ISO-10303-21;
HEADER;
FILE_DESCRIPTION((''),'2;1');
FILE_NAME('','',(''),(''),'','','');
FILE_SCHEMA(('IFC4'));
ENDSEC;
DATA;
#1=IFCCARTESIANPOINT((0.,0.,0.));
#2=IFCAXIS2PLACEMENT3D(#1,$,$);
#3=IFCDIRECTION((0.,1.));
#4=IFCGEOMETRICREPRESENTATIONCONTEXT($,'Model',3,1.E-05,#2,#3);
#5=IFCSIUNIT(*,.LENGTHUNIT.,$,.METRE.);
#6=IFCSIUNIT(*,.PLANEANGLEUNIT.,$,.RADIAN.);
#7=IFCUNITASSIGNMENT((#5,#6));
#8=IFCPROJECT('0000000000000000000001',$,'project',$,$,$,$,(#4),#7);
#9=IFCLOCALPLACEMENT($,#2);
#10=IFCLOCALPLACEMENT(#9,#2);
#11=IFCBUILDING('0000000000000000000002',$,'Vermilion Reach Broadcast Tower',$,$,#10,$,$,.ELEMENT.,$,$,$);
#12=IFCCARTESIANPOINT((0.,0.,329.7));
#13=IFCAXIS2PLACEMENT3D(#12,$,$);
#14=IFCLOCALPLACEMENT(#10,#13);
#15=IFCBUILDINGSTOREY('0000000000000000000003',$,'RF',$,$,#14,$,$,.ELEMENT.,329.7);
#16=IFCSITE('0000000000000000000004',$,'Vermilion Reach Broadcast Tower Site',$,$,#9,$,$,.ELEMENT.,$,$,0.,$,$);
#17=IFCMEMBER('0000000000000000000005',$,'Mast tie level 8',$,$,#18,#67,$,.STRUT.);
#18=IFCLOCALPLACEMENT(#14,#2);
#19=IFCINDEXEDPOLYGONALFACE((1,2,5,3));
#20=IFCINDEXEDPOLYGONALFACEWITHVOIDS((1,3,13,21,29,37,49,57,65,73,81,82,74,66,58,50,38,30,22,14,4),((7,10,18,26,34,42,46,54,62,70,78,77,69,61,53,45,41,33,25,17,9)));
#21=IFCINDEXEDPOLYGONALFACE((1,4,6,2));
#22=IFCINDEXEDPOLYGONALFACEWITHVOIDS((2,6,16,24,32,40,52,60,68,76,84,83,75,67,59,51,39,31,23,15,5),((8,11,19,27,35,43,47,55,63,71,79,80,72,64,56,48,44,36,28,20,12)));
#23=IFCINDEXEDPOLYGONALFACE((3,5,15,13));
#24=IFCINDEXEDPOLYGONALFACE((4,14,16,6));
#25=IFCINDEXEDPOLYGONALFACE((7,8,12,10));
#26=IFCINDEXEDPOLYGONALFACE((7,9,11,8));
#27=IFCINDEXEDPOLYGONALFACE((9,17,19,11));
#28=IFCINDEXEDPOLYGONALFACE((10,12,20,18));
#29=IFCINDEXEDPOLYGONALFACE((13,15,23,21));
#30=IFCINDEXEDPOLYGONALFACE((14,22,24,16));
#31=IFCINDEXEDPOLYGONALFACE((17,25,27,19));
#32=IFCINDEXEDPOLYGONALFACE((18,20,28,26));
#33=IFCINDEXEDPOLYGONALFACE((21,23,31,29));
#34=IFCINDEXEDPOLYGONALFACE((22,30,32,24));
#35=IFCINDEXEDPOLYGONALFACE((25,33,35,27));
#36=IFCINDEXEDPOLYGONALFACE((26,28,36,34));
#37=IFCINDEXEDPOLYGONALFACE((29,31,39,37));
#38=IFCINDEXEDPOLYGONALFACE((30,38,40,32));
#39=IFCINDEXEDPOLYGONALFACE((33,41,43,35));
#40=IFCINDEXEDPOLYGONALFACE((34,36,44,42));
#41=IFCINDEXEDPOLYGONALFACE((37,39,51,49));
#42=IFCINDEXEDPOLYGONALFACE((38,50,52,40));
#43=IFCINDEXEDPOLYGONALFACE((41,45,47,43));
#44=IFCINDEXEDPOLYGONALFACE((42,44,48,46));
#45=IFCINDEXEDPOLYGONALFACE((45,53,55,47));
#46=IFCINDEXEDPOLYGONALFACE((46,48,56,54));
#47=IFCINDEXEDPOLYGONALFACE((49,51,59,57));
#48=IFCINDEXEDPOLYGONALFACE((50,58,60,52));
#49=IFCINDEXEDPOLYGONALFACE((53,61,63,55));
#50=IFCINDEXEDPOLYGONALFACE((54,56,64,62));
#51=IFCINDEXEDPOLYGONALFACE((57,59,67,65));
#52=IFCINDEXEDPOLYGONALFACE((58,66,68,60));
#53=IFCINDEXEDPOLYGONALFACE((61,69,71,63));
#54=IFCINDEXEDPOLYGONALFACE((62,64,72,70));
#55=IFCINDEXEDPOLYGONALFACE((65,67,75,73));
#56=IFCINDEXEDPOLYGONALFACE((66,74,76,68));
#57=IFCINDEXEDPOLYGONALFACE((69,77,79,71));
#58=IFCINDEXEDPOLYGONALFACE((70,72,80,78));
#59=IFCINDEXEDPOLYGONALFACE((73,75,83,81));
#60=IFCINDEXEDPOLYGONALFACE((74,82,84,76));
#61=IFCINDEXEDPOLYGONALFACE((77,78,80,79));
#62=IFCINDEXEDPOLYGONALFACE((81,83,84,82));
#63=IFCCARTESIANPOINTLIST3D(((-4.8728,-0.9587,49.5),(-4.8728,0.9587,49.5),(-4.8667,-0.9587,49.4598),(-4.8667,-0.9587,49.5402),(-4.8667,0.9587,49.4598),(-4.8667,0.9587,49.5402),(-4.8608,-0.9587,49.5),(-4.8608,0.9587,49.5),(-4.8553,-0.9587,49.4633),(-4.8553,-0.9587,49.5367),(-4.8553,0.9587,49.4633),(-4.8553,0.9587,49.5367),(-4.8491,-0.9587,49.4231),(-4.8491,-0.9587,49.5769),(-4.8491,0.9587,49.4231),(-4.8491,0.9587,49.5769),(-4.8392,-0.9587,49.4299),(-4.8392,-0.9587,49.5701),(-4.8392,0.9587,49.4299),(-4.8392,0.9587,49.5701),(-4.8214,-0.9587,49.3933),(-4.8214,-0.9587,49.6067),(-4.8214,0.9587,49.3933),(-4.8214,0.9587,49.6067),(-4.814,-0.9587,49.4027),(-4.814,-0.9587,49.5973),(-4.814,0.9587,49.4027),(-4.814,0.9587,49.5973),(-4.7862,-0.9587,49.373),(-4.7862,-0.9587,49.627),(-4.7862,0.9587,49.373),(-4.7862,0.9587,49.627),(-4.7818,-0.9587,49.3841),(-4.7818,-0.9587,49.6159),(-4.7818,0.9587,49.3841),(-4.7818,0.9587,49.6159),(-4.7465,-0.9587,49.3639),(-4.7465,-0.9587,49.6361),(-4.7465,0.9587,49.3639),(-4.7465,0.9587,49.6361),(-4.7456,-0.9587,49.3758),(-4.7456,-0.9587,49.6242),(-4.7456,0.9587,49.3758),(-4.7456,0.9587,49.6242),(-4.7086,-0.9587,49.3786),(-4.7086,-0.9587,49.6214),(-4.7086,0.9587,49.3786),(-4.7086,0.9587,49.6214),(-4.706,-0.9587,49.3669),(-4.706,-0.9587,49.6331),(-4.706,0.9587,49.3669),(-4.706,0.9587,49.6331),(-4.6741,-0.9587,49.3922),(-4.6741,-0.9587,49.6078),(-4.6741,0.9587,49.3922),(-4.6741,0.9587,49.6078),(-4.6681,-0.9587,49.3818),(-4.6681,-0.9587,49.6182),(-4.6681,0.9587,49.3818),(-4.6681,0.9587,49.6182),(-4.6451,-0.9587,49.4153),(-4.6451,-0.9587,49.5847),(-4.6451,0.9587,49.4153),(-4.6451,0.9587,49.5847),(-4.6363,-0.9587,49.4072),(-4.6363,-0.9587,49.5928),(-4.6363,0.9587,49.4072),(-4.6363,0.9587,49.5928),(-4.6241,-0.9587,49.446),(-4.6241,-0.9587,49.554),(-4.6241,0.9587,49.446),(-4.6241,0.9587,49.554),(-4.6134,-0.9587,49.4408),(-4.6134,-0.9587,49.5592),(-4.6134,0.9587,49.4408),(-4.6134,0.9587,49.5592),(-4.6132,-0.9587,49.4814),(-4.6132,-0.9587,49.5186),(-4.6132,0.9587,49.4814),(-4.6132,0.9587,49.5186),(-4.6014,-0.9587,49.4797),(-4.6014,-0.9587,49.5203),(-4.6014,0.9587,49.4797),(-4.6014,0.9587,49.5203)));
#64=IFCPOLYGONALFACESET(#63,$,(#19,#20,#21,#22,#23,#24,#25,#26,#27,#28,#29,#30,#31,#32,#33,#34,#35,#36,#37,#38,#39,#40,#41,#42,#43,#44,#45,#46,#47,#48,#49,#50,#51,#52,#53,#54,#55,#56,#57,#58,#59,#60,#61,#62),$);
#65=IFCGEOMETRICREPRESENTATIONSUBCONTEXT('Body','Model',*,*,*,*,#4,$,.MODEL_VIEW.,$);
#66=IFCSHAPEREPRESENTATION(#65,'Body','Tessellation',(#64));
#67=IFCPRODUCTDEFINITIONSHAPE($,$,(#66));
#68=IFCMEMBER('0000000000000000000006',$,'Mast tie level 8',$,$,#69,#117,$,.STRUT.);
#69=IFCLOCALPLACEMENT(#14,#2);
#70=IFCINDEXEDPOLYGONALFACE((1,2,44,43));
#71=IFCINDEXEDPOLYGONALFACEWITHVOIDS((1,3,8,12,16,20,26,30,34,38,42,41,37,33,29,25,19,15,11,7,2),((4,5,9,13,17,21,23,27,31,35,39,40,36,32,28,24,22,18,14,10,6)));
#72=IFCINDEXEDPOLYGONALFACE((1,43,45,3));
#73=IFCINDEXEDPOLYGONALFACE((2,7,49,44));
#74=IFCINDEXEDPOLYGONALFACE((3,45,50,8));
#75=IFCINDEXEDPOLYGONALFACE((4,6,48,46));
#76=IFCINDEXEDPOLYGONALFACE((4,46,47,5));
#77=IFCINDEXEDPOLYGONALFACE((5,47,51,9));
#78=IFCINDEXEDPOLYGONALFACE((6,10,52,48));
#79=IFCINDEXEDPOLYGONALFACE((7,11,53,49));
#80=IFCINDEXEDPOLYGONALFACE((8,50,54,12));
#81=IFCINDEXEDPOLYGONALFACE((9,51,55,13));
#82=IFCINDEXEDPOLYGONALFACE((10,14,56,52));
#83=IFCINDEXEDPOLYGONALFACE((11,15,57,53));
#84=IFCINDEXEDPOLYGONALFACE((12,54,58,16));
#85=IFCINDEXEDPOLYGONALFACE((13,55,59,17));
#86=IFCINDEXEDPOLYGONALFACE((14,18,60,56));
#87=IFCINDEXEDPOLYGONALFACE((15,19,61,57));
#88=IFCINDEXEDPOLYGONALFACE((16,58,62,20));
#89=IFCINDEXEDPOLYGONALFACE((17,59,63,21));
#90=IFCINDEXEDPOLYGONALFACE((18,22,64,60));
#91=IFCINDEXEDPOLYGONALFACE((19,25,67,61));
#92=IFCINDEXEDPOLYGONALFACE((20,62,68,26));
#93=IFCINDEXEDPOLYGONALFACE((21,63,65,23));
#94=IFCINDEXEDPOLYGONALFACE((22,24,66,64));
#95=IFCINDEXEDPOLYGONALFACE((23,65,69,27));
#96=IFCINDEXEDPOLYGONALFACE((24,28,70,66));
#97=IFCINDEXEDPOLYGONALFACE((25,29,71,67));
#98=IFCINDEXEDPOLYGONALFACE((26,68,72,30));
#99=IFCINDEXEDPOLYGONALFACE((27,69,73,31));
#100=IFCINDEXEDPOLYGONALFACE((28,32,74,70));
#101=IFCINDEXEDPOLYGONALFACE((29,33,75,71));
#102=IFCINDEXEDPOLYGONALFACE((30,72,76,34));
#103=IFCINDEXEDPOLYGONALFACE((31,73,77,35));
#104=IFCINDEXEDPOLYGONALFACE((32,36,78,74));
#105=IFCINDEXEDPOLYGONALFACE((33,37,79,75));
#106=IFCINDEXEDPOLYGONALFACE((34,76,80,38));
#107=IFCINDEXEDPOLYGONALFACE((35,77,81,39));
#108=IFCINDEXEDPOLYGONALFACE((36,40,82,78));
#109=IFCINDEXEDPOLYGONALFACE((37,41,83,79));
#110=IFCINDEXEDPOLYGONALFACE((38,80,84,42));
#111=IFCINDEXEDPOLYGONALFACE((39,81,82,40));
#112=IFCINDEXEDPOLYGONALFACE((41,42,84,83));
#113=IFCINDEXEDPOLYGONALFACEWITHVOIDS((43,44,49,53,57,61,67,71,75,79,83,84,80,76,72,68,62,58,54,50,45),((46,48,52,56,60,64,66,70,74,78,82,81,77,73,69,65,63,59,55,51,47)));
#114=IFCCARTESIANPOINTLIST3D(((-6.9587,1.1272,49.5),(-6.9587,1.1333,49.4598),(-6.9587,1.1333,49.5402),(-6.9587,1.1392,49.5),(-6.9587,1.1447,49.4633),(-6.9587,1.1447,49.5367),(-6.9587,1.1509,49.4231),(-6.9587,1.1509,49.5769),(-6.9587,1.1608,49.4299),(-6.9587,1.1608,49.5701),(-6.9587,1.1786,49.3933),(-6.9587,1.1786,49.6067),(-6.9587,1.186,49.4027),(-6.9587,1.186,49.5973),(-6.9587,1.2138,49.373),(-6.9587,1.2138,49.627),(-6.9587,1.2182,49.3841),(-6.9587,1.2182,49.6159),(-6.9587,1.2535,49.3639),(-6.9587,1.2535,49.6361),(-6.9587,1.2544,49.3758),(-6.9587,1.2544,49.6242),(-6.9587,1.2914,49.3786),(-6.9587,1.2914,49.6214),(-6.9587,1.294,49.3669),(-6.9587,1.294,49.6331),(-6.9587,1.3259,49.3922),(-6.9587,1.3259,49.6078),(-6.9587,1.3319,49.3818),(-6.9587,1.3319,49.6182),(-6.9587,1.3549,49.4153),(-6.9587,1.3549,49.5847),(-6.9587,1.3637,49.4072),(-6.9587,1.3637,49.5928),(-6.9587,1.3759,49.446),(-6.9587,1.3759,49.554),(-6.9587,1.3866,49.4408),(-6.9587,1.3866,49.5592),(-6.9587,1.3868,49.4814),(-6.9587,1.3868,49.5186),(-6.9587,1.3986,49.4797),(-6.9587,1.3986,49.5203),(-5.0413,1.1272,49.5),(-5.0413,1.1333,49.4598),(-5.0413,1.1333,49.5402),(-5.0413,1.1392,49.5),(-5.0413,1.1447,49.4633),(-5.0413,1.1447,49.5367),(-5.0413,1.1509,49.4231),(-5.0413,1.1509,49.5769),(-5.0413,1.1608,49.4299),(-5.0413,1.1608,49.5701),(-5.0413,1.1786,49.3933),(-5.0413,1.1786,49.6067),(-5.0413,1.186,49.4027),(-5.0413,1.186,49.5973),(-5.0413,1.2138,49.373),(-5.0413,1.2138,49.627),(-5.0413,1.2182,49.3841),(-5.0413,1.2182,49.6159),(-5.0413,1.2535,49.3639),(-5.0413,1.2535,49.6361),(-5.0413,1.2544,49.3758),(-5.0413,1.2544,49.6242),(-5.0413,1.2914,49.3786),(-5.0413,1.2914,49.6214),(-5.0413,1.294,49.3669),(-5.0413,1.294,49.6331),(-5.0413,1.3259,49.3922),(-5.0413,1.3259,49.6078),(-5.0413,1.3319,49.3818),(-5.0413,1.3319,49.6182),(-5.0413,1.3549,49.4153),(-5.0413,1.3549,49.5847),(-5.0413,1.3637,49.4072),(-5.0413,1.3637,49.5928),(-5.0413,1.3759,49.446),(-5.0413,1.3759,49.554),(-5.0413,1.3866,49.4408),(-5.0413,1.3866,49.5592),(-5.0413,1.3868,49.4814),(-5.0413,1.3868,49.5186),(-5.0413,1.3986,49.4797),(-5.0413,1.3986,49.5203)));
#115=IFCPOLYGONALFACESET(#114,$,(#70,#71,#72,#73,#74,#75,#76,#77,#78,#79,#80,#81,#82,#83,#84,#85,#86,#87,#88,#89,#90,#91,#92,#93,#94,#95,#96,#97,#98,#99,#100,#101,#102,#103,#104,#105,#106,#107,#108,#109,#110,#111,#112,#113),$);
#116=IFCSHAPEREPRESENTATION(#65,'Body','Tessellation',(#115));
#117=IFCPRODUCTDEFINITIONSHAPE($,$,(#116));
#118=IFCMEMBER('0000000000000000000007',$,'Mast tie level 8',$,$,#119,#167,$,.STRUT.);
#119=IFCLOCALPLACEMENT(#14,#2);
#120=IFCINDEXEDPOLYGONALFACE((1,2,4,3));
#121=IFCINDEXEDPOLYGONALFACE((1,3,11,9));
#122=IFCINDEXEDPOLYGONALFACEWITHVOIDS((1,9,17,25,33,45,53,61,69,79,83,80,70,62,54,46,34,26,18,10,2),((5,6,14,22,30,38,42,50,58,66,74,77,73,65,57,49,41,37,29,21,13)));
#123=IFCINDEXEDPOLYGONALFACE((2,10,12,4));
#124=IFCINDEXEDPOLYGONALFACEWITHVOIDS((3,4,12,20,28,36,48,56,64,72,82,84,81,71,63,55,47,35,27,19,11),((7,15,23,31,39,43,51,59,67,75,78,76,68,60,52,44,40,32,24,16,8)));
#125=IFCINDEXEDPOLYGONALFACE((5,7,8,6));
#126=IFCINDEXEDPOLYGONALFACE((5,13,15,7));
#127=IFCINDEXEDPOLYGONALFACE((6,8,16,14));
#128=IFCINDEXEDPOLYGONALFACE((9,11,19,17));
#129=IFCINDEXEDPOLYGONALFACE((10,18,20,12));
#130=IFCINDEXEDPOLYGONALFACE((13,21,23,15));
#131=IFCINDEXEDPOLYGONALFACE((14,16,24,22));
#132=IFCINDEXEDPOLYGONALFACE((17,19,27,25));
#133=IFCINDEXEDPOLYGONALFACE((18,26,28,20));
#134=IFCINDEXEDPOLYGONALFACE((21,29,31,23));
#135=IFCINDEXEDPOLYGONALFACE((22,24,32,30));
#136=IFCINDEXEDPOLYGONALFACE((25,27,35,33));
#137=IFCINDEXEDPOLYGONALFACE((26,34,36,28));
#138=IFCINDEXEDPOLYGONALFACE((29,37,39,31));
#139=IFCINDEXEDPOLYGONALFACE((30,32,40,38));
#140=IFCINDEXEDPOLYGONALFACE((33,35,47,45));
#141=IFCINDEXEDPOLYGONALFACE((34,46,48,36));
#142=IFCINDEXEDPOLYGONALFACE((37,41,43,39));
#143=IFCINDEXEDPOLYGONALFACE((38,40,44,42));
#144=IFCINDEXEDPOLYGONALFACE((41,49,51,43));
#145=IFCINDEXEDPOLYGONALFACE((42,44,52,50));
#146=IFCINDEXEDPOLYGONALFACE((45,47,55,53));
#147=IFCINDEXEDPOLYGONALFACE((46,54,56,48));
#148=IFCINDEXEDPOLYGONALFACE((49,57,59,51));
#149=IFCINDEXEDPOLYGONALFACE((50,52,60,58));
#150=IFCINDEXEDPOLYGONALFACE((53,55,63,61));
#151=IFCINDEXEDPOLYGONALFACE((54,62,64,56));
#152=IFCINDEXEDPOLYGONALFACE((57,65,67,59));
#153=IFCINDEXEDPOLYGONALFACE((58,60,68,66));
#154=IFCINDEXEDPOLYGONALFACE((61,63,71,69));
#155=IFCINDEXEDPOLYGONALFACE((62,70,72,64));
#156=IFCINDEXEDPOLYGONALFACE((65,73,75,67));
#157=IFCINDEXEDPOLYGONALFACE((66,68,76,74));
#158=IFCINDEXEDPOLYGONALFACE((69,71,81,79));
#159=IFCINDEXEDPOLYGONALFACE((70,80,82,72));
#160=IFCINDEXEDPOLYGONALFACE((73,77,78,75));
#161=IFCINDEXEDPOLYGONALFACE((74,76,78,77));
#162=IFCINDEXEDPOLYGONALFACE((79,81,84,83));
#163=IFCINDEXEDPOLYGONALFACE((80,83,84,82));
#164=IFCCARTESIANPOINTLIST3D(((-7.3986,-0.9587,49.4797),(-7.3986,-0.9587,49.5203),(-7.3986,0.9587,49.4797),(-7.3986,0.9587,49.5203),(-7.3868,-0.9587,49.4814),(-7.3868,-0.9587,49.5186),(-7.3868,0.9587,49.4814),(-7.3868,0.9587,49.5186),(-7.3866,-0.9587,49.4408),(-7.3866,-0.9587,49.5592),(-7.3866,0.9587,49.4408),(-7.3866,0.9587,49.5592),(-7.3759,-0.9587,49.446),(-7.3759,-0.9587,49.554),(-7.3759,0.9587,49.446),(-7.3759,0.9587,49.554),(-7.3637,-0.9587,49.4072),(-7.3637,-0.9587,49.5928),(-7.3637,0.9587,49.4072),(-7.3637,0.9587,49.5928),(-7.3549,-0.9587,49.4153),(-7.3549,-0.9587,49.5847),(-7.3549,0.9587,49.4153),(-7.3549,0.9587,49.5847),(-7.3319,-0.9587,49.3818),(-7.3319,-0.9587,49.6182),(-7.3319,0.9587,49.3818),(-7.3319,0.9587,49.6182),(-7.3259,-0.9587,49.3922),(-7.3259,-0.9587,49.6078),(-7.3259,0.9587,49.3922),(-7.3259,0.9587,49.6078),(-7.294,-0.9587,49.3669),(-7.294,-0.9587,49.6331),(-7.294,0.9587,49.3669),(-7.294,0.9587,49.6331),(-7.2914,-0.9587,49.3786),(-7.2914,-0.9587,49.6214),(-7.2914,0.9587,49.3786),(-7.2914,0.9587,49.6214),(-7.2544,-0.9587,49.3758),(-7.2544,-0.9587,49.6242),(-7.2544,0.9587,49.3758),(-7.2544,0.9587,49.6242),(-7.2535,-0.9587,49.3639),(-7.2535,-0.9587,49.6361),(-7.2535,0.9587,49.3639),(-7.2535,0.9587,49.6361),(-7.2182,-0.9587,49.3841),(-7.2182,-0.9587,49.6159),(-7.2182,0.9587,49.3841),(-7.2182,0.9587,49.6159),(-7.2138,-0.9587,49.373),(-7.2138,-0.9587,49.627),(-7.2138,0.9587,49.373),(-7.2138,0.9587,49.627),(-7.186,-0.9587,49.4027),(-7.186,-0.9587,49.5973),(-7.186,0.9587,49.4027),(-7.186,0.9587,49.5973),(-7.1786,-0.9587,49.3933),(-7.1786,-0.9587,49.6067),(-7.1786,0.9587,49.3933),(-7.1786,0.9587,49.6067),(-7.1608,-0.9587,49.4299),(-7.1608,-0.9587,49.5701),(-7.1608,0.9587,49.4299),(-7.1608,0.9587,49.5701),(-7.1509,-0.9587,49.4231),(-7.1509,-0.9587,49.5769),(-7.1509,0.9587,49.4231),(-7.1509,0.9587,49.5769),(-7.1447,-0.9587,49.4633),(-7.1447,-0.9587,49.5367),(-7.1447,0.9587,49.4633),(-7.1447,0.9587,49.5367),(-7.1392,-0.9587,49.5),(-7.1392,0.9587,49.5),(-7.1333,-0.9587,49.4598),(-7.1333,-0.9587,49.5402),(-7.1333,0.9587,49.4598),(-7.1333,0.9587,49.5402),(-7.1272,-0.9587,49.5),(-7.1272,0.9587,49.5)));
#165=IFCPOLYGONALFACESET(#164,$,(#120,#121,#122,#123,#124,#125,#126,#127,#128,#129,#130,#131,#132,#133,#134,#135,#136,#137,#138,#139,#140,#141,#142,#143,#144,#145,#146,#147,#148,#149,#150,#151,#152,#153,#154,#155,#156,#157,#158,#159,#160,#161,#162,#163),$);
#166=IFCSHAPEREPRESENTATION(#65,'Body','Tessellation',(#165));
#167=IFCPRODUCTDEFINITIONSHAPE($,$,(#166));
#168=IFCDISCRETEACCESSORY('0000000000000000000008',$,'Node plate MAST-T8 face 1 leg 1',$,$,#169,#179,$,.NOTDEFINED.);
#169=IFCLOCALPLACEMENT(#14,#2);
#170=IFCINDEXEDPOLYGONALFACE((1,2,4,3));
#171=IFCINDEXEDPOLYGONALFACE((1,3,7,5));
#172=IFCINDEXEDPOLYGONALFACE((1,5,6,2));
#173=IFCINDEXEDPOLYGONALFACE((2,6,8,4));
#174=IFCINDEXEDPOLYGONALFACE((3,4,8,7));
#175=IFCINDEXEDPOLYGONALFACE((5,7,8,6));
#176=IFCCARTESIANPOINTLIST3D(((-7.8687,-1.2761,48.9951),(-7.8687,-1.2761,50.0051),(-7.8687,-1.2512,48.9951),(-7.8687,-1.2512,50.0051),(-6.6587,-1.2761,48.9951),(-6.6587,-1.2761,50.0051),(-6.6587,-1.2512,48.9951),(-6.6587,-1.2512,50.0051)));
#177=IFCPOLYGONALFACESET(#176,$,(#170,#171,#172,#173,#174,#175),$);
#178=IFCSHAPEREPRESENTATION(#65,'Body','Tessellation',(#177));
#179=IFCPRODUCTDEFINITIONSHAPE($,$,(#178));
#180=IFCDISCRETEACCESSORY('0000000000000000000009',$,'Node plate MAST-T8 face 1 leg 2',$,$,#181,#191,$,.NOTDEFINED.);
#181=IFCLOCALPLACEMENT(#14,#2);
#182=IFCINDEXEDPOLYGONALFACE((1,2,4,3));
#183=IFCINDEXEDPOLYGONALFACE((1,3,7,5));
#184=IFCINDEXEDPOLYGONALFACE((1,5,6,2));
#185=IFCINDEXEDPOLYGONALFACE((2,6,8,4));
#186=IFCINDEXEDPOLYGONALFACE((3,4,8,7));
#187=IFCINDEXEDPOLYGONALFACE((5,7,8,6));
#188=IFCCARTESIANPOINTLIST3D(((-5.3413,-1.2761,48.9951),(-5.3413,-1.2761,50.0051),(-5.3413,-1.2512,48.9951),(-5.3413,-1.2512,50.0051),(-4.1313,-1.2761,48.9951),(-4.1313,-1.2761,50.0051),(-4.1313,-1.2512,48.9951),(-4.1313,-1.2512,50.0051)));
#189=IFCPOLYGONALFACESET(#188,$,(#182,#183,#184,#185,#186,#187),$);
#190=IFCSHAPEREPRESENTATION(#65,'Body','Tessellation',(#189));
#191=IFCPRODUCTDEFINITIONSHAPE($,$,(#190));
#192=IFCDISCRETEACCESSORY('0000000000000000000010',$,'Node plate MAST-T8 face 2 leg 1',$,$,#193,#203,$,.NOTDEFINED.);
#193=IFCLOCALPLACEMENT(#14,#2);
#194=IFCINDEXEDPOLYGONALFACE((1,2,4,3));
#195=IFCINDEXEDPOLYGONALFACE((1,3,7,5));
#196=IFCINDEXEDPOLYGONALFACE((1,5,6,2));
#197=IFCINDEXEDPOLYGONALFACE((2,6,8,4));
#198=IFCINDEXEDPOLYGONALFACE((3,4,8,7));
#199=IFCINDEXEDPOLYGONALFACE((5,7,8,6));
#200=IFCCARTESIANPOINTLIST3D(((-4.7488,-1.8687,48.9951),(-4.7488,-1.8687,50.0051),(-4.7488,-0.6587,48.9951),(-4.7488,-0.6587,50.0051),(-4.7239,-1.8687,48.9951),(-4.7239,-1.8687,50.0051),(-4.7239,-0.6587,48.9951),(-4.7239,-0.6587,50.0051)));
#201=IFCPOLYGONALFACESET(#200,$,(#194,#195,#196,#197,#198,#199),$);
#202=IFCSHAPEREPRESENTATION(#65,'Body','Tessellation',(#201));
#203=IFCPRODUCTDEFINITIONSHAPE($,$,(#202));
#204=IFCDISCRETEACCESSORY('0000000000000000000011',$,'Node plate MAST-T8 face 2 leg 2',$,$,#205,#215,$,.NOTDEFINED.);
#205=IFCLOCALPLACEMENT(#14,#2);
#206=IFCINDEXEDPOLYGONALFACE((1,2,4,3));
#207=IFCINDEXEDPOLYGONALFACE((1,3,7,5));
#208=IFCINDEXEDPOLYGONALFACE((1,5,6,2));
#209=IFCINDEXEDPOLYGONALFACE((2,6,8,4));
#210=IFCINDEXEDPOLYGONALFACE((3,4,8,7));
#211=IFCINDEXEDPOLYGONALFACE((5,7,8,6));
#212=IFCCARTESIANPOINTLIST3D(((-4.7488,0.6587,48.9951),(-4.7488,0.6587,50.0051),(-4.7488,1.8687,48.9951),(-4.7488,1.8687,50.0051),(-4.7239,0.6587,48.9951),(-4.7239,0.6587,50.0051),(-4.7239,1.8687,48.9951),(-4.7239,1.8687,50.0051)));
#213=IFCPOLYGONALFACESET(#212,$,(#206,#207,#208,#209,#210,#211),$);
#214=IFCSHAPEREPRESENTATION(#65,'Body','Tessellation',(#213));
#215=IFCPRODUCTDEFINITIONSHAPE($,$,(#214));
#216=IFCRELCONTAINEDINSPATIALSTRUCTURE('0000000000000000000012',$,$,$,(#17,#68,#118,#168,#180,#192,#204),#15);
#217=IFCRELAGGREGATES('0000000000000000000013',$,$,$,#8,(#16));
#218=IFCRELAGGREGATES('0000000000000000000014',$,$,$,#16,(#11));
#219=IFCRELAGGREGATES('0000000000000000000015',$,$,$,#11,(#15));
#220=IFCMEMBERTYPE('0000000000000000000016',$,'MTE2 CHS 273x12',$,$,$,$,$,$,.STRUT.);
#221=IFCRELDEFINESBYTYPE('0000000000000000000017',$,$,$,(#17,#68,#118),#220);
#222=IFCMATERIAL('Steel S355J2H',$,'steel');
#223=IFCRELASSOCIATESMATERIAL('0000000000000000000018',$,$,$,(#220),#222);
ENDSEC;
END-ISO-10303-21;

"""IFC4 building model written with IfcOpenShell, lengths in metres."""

from ifc_helpers import new_model, si_unit, direction, frame, origin, origin_2d, place, context, subcontext, project, spatial, rectangle, hollow_circle, extrude, material, material_profile, profile_set, type_object, element, save


model = new_model("IFC4")

# Units and contexts
model_context = context("Model", 3, precision=1e-05, world=origin(), true_north=direction((0.0, 1.0)))
body_context = subcontext(model_context, "Body", "Model", "MODEL_VIEW")
ifc_project = project(units=[si_unit("LENGTHUNIT", "METRE"), si_unit("PLANEANGLEUNIT", "RADIAN")], contexts=[model_context])

# Site, building, storey
site_placement = place(None, origin())
site = spatial("IfcSite", under=ifc_project, at=site_placement, Name="Vermilion Reach Broadcast Tower Site", CompositionType="ELEMENT", RefElevation=0.0)
building_placement = place(site_placement, origin())
building = spatial("IfcBuilding", under=site, at=building_placement, Name="Vermilion Reach Broadcast Tower", CompositionType="ELEMENT")
storey_placement = place(building_placement, frame((0.0, 0.0, 329.7)))
storey = spatial("IfcBuildingStorey", under=building, at=storey_placement, Name="RF", CompositionType="ELEMENT", Elevation=329.7)

# Members
ifc_material_1 = material(Name="Steel S355J2H", Category="steel")
ifc_material_profile_1 = material_profile(ifc_material_1, hollow_circle(Radius=0.1365, WallThickness=0.012, at=origin_2d()), Name="S355J2H CHS 273x12")
ifc_profile_set_1 = profile_set([ifc_material_profile_1], Name="Steel S355J2H")
member_type_1 = type_object("IfcMemberType", Name="MTE2 CHS 273x12", PredefinedType="STRUT", material=ifc_profile_set_1)
for number, where, z_axis, x_axis, name in (
    (1, (-4.7363, -0.9587, 49.5), (0.0, 1.0, 0.0), (-1.0, 0.0, 0.0), "Mast tie level 8"),
    (2, (-5.0413, 1.2637, 49.5), (-1.0, 0.0, 0.0), (0.0, -1.0, 0.0), "Mast tie level 8"),
    (3, (-7.2637, 0.9587, 49.5), (0.0, -1.0, 0.0), (1.0, 0.0, 0.0), "Mast tie level 8"),
):
    element("IfcMember", number, at=place(storey_placement, frame(where, z_axis=z_axis, x_axis=x_axis)), inside=storey, type_object=member_type_1, Name=name, PredefinedType="STRUT", context=body_context, shape_type="SweptSolid", body=[
        extrude(hollow_circle(Radius=0.1365, WallThickness=0.012, at=origin_2d()), origin(), (0.0, 0.0, 1.0), 1.9175),
    ])

# Discrete accessories
for number, where, z_axis, x_axis, name in (
    (4, (-7.2637, -1.2637, 48.9951), (0.0, 0.0, 1.0), (0.0, 1.0, 0.0), "Node plate MAST-T8 face 1 leg 1"),
    (5, (-4.7363, -1.2637, 48.9951), (0.0, 0.0, 1.0), (0.0, 1.0, 0.0), "Node plate MAST-T8 face 1 leg 2"),
    (6, (-4.7363, -1.2637, 48.9951), (0.0, 0.0, 1.0), (-1.0, 0.0, 0.0), "Node plate MAST-T8 face 2 leg 1"),
    (7, (-4.7363, 1.2637, 48.9951), (0.0, 0.0, 1.0), (-1.0, 0.0, 0.0), "Node plate MAST-T8 face 2 leg 2"),
):
    element("IfcDiscreteAccessory", number, at=place(storey_placement, frame(where, z_axis=z_axis, x_axis=x_axis)), inside=storey, Name=name, PredefinedType="NOTDEFINED", context=body_context, shape_type="SweptSolid", body=[
        extrude(rectangle(XDim=0.0249, YDim=1.21, at=origin_2d()), origin(), (0.0, 0.0, 1.0), 1.01),
    ])

save(model, "model.ifc")
